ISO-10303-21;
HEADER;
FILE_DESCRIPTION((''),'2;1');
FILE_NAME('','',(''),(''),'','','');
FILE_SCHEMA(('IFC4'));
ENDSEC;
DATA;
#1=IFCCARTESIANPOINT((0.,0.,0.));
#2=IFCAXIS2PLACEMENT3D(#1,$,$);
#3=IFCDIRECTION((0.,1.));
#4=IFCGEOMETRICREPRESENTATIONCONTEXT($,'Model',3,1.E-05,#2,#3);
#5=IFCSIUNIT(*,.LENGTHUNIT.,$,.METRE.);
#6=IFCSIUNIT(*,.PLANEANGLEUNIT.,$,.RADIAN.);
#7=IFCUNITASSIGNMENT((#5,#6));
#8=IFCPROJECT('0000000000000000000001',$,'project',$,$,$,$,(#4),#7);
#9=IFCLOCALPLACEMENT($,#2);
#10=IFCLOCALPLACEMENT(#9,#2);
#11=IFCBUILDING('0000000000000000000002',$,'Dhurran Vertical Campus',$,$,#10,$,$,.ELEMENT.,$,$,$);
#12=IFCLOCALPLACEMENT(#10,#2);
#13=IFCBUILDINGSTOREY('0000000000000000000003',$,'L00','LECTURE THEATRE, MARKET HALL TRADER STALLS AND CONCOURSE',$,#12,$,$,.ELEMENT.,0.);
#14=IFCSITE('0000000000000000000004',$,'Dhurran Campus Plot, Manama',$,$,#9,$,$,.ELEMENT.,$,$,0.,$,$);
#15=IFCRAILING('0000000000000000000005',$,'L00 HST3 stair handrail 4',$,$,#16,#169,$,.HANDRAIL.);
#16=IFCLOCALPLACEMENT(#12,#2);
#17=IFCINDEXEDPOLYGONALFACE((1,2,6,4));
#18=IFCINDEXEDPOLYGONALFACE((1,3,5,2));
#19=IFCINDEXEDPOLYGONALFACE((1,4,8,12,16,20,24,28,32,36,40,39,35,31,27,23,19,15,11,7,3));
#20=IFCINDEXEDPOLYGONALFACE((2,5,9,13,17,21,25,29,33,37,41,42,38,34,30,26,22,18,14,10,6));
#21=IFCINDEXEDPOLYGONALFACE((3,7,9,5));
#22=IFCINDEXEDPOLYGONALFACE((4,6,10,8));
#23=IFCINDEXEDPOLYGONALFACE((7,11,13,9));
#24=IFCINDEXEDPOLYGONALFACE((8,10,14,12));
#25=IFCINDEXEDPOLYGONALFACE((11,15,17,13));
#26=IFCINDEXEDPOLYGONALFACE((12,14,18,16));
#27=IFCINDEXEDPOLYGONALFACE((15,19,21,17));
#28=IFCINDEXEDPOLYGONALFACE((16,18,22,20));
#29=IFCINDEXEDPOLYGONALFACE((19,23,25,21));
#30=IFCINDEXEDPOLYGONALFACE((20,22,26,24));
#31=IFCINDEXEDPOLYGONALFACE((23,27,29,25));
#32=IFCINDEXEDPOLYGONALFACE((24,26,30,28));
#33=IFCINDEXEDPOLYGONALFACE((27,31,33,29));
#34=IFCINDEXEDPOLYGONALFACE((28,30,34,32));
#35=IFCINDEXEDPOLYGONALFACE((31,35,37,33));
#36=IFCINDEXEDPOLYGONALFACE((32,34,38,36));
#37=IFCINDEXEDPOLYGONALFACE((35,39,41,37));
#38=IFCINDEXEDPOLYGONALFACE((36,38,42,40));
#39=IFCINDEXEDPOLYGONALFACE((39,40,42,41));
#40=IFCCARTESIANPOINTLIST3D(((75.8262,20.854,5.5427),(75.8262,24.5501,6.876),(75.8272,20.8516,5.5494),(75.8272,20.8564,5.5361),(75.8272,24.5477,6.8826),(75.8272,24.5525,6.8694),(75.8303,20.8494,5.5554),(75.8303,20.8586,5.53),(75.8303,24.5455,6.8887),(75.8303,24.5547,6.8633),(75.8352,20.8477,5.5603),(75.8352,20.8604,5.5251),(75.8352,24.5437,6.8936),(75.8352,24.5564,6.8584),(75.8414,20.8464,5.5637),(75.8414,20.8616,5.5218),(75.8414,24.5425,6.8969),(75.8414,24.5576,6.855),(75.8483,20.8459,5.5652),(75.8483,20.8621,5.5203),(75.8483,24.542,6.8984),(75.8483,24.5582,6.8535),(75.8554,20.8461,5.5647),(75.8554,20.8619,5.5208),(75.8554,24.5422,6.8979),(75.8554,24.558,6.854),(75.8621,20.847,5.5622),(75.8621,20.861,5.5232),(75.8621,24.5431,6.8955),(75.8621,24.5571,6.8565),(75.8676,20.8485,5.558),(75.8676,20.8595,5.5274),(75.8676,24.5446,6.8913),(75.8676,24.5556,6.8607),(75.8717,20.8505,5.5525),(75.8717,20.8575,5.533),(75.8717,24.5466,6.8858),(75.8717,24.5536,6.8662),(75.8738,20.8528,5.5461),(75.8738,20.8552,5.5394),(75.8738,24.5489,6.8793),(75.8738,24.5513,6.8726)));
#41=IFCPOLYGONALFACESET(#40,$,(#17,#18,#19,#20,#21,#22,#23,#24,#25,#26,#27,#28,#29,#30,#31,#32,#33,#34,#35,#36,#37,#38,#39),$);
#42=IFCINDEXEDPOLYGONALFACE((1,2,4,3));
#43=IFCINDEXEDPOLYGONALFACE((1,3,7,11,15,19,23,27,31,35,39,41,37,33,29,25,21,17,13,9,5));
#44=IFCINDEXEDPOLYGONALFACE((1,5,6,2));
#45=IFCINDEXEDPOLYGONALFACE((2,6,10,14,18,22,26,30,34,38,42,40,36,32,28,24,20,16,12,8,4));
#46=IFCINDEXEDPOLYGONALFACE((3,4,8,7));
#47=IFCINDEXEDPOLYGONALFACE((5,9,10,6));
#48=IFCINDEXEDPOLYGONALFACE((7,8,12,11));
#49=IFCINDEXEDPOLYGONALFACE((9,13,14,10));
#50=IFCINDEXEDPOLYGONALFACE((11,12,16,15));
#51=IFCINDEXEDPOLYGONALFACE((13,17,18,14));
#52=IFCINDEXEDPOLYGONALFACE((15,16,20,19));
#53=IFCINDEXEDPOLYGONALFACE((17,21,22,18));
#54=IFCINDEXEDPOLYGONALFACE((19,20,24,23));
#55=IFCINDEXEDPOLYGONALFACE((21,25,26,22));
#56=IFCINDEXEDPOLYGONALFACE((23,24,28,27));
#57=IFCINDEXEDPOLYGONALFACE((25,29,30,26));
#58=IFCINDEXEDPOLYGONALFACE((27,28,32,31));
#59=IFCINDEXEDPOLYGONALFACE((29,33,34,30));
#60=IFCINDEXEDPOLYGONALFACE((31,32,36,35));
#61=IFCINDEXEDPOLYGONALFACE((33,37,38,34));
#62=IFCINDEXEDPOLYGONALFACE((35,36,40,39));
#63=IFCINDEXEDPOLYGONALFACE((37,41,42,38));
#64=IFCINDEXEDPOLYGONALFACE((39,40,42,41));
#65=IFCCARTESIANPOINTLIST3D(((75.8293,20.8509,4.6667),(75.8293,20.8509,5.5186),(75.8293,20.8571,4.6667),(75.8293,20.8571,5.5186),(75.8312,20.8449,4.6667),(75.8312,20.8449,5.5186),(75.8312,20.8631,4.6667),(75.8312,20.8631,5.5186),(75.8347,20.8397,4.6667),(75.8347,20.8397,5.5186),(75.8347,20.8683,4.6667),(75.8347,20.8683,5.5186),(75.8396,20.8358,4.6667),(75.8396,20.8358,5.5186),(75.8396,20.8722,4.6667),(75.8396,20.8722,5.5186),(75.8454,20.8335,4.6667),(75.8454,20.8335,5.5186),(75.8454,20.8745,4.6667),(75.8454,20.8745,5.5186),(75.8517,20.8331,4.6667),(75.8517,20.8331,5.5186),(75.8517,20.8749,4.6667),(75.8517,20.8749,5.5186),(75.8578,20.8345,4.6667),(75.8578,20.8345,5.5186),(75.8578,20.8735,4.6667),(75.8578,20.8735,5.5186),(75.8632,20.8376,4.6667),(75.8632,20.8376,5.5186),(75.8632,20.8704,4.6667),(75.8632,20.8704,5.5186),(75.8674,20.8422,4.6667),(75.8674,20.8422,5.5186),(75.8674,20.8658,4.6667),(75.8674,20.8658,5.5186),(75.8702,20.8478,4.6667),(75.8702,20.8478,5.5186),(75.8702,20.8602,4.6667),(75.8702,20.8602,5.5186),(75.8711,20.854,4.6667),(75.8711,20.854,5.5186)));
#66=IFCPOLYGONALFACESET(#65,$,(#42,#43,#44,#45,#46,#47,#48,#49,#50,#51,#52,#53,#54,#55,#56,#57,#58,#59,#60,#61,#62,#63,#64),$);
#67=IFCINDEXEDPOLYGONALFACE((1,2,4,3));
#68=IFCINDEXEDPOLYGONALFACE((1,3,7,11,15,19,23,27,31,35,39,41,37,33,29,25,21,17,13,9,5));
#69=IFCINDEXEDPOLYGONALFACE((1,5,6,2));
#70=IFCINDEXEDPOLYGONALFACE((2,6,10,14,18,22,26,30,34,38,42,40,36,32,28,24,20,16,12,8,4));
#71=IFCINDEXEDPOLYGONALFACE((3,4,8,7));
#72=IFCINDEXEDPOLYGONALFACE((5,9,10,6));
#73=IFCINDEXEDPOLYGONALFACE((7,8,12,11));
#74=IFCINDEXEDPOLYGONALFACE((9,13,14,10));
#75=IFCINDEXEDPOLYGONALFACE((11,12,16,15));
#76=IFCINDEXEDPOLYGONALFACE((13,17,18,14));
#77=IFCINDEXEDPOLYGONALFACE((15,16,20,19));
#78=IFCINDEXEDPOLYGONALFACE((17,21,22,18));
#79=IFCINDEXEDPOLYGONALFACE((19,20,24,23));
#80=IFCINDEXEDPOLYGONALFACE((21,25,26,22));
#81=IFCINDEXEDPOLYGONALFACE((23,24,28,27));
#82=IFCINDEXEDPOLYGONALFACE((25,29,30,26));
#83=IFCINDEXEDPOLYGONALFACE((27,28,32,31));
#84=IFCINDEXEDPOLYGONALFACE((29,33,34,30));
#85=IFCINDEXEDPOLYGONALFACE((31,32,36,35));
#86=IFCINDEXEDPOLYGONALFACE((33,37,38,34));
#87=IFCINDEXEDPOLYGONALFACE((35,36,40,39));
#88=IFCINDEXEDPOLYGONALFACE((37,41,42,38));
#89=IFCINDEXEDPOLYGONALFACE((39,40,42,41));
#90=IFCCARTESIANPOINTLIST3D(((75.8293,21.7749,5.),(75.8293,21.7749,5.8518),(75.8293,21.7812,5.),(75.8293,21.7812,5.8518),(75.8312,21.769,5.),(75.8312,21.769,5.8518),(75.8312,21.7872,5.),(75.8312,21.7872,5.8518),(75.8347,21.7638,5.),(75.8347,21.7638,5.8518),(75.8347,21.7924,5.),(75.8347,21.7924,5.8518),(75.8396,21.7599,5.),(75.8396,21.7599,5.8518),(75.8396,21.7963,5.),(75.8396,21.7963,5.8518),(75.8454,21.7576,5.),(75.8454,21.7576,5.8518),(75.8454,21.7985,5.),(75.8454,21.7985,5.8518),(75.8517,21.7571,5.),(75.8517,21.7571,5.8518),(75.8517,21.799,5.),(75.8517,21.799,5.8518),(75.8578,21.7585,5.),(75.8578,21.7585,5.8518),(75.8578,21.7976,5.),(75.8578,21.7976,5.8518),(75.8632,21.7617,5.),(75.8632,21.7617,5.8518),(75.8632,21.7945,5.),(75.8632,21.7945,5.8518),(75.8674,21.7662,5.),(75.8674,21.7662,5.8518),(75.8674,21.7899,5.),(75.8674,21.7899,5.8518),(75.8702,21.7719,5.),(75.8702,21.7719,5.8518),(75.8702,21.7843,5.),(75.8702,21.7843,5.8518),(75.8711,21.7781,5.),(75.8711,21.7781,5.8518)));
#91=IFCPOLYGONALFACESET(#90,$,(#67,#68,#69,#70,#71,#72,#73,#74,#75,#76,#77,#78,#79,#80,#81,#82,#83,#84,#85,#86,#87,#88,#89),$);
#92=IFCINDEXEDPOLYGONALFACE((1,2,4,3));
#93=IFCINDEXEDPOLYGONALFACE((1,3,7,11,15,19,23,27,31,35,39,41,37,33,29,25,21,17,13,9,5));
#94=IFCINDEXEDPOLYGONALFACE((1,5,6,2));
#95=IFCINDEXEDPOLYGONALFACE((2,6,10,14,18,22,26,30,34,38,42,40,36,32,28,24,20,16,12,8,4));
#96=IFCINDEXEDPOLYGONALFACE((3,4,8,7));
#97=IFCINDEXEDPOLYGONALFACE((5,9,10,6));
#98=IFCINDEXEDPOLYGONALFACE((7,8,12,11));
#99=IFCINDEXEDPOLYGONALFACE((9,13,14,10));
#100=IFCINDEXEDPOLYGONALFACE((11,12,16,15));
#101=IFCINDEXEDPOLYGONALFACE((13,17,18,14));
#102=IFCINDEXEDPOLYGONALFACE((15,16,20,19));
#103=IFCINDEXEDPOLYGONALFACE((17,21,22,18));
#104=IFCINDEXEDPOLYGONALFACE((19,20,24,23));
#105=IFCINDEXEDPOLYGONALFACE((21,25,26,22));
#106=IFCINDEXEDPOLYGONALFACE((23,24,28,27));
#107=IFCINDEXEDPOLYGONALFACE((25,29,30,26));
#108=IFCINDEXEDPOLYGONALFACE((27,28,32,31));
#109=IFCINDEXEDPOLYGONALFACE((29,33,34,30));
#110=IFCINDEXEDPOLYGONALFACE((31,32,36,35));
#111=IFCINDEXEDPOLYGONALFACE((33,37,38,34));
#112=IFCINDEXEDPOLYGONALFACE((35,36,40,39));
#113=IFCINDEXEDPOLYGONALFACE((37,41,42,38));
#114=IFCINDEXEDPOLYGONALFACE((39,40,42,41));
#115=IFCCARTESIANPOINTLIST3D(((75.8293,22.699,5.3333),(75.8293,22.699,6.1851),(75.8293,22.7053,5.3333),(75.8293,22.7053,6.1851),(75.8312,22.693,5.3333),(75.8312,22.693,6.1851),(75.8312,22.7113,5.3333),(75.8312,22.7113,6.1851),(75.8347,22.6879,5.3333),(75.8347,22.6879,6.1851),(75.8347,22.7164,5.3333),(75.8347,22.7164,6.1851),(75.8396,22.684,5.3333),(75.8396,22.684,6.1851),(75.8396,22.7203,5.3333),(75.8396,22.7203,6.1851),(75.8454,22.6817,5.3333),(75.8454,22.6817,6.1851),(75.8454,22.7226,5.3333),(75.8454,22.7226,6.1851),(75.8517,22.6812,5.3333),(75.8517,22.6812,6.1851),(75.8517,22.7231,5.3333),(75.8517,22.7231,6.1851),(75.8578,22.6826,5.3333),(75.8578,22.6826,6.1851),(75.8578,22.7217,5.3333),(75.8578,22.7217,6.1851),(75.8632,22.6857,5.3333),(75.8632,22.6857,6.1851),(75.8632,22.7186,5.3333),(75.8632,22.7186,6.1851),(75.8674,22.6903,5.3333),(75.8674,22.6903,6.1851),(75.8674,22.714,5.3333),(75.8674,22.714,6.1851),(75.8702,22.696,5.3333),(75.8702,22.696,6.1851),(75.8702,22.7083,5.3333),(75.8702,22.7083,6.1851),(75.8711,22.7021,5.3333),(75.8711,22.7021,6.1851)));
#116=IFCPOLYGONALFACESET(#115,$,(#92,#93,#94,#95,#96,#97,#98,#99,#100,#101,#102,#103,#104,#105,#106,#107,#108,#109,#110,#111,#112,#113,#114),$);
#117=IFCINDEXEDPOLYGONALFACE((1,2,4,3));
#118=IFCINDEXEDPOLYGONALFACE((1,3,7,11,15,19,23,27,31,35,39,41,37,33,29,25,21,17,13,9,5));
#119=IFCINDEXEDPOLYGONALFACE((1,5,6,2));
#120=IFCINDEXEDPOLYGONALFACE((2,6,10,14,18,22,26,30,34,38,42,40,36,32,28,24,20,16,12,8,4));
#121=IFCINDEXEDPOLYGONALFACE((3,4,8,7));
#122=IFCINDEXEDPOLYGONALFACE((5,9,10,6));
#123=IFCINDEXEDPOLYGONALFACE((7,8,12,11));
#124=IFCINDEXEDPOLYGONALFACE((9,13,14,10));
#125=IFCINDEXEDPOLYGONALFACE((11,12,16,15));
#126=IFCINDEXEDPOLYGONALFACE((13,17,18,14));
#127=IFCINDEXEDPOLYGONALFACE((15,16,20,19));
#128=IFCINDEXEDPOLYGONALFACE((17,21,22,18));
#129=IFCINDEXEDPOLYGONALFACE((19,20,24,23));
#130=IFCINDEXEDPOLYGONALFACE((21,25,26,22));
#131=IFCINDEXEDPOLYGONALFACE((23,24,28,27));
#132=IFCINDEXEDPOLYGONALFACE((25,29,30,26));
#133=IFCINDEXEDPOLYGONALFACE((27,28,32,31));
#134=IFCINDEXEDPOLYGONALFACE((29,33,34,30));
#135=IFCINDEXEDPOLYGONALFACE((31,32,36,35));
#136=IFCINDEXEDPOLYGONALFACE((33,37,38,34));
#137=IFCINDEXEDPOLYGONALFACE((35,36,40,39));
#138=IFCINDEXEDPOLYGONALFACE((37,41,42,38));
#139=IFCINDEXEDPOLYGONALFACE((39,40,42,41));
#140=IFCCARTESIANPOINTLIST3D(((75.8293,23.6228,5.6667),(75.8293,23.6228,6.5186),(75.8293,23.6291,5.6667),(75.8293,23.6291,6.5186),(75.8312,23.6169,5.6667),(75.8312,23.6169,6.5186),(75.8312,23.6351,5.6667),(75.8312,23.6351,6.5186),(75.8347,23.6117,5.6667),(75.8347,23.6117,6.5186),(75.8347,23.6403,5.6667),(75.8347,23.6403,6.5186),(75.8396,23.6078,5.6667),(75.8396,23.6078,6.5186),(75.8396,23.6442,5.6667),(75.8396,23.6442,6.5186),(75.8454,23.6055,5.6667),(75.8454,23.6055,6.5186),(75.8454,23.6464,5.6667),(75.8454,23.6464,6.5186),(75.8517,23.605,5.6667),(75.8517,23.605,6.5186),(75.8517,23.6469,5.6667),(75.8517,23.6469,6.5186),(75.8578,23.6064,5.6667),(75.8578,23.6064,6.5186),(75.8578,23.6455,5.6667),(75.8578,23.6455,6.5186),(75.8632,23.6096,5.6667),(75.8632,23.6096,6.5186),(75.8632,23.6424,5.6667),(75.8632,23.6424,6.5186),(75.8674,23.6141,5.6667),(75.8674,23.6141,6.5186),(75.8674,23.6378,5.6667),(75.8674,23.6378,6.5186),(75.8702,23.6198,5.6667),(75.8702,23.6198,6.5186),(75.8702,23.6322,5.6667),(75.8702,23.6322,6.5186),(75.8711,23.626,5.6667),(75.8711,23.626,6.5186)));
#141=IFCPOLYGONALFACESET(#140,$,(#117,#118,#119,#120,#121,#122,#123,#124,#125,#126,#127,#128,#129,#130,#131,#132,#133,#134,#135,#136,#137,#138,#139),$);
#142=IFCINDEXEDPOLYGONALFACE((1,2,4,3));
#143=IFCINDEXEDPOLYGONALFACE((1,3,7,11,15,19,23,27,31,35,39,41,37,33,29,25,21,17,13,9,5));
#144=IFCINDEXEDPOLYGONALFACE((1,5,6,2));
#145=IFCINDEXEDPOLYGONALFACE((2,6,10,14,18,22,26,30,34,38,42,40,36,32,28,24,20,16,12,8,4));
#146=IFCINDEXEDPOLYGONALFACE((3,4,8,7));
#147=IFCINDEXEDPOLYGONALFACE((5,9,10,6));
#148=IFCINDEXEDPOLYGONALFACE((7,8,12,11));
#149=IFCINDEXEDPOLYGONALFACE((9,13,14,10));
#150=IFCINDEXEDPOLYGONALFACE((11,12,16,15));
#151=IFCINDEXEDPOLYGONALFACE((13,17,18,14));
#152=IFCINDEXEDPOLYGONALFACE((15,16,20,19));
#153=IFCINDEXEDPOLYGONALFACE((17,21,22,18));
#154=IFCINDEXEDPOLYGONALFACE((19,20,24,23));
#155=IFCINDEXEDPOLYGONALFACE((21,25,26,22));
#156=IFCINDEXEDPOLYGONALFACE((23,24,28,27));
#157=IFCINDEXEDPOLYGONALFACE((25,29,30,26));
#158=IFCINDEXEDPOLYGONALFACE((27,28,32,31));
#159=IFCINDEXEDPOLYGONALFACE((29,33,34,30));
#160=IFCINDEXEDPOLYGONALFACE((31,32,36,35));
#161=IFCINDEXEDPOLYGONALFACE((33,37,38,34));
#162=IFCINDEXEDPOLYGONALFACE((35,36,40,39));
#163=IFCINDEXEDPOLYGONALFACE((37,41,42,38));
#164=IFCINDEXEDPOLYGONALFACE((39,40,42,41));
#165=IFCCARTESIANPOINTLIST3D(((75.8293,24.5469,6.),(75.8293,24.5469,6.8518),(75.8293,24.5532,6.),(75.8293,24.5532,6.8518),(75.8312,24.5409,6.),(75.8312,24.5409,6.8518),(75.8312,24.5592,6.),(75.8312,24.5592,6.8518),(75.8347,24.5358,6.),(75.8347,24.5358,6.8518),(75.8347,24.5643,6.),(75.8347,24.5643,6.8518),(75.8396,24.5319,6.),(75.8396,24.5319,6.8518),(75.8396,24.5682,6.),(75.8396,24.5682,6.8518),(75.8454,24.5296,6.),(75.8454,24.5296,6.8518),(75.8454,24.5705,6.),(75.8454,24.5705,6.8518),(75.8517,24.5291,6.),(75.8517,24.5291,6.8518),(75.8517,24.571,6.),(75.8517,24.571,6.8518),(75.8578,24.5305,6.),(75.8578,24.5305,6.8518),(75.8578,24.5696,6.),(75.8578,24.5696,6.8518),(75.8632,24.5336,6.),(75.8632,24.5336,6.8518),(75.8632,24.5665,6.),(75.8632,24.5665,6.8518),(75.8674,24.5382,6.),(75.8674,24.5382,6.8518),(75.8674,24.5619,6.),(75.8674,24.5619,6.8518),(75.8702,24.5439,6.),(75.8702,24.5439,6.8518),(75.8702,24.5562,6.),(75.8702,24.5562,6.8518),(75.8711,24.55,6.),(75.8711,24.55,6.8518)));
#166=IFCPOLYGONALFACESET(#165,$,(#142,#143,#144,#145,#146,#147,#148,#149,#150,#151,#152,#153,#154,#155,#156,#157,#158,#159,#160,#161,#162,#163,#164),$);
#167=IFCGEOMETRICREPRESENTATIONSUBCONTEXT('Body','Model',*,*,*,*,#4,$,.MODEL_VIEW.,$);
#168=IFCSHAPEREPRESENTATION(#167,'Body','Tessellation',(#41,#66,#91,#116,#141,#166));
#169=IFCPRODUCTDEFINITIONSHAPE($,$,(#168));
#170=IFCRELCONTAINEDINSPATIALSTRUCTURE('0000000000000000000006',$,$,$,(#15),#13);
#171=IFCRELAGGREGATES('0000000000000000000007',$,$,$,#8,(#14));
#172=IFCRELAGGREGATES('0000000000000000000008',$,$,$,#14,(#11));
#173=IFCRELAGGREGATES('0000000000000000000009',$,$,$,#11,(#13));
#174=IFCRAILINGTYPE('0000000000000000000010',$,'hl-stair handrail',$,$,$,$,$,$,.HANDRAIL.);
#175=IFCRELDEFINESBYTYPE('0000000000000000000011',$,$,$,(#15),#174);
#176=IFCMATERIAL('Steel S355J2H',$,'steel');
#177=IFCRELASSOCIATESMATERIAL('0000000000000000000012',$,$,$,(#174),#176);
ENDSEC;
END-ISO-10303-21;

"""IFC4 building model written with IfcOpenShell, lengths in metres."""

from ifc_helpers import new_model, si_unit, direction, frame, origin, origin_2d, place, context, subcontext, project, spatial, circle, extrude, material, type_object, element, save


model = new_model("IFC4")

# Units and contexts
model_context = context("Model", 3, precision=1e-05, world=origin(), true_north=direction((0.0, 1.0)))
body_context = subcontext(model_context, "Body", "Model", "MODEL_VIEW")
ifc_project = project(units=[si_unit("LENGTHUNIT", "METRE"), si_unit("PLANEANGLEUNIT", "RADIAN")], contexts=[model_context])

# Site, building, storey
site_placement = place(None, origin())
site = spatial("IfcSite", under=ifc_project, at=site_placement, Name="Dhurran Campus Plot, Manama", CompositionType="ELEMENT", RefElevation=0.0)
building_placement = place(site_placement, origin())
building = spatial("IfcBuilding", under=site, at=building_placement, Name="Dhurran Vertical Campus", CompositionType="ELEMENT")
storey_placement = place(building_placement, origin())
storey = spatial("IfcBuildingStorey", under=building, at=storey_placement, Name="L00", Description="LECTURE THEATRE, MARKET HALL TRADER STALLS AND CONCOURSE", CompositionType="ELEMENT", Elevation=0.0)

# Railing
ifc_material_1 = material(Name="Steel S355J2H", Category="steel")
railing_type = type_object("IfcRailingType", Name="hl-stair handrail", PredefinedType="HANDRAIL", material=ifc_material_1)
for number, where, name in (
    (1, (75.8501, 20.854, 4.6667), "L00 HST3 stair handrail 4"),
):
    element("IfcRailing", number, at=place(storey_placement, frame(where)), inside=storey, type_object=railing_type, Name=name, PredefinedType="HANDRAIL", context=body_context, shape_type="SweptSolid", body=[
        extrude(circle(Radius=0.0239, at=origin_2d()), frame((0.0, 0.0, 0.876), z_axis=(0.0, 0.94067, 0.339322), x_axis=(-1.0, 0.0, 0.0)), (0.0, 0.0, 1.0), 3.9292),
        extrude(circle(Radius=0.021, at=origin_2d()), origin(), (0.0, 0.0, 1.0), 0.8518),
        extrude(circle(Radius=0.021, at=origin_2d()), frame((0.0, 0.9241, 0.3333)), (0.0, 0.0, 1.0), 0.8518),
        extrude(circle(Radius=0.021, at=origin_2d()), frame((0.0, 1.8481, 0.6665)), (0.0, 0.0, 1.0), 0.8518),
        extrude(circle(Radius=0.021, at=origin_2d()), frame((0.0, 2.772, 1.0)), (0.0, 0.0, 1.0), 0.8518),
        extrude(circle(Radius=0.021, at=origin_2d()), frame((0.0, 3.696, 1.3333)), (0.0, 0.0, 1.0), 0.8518),
    ])

save(model, "model.ifc")
